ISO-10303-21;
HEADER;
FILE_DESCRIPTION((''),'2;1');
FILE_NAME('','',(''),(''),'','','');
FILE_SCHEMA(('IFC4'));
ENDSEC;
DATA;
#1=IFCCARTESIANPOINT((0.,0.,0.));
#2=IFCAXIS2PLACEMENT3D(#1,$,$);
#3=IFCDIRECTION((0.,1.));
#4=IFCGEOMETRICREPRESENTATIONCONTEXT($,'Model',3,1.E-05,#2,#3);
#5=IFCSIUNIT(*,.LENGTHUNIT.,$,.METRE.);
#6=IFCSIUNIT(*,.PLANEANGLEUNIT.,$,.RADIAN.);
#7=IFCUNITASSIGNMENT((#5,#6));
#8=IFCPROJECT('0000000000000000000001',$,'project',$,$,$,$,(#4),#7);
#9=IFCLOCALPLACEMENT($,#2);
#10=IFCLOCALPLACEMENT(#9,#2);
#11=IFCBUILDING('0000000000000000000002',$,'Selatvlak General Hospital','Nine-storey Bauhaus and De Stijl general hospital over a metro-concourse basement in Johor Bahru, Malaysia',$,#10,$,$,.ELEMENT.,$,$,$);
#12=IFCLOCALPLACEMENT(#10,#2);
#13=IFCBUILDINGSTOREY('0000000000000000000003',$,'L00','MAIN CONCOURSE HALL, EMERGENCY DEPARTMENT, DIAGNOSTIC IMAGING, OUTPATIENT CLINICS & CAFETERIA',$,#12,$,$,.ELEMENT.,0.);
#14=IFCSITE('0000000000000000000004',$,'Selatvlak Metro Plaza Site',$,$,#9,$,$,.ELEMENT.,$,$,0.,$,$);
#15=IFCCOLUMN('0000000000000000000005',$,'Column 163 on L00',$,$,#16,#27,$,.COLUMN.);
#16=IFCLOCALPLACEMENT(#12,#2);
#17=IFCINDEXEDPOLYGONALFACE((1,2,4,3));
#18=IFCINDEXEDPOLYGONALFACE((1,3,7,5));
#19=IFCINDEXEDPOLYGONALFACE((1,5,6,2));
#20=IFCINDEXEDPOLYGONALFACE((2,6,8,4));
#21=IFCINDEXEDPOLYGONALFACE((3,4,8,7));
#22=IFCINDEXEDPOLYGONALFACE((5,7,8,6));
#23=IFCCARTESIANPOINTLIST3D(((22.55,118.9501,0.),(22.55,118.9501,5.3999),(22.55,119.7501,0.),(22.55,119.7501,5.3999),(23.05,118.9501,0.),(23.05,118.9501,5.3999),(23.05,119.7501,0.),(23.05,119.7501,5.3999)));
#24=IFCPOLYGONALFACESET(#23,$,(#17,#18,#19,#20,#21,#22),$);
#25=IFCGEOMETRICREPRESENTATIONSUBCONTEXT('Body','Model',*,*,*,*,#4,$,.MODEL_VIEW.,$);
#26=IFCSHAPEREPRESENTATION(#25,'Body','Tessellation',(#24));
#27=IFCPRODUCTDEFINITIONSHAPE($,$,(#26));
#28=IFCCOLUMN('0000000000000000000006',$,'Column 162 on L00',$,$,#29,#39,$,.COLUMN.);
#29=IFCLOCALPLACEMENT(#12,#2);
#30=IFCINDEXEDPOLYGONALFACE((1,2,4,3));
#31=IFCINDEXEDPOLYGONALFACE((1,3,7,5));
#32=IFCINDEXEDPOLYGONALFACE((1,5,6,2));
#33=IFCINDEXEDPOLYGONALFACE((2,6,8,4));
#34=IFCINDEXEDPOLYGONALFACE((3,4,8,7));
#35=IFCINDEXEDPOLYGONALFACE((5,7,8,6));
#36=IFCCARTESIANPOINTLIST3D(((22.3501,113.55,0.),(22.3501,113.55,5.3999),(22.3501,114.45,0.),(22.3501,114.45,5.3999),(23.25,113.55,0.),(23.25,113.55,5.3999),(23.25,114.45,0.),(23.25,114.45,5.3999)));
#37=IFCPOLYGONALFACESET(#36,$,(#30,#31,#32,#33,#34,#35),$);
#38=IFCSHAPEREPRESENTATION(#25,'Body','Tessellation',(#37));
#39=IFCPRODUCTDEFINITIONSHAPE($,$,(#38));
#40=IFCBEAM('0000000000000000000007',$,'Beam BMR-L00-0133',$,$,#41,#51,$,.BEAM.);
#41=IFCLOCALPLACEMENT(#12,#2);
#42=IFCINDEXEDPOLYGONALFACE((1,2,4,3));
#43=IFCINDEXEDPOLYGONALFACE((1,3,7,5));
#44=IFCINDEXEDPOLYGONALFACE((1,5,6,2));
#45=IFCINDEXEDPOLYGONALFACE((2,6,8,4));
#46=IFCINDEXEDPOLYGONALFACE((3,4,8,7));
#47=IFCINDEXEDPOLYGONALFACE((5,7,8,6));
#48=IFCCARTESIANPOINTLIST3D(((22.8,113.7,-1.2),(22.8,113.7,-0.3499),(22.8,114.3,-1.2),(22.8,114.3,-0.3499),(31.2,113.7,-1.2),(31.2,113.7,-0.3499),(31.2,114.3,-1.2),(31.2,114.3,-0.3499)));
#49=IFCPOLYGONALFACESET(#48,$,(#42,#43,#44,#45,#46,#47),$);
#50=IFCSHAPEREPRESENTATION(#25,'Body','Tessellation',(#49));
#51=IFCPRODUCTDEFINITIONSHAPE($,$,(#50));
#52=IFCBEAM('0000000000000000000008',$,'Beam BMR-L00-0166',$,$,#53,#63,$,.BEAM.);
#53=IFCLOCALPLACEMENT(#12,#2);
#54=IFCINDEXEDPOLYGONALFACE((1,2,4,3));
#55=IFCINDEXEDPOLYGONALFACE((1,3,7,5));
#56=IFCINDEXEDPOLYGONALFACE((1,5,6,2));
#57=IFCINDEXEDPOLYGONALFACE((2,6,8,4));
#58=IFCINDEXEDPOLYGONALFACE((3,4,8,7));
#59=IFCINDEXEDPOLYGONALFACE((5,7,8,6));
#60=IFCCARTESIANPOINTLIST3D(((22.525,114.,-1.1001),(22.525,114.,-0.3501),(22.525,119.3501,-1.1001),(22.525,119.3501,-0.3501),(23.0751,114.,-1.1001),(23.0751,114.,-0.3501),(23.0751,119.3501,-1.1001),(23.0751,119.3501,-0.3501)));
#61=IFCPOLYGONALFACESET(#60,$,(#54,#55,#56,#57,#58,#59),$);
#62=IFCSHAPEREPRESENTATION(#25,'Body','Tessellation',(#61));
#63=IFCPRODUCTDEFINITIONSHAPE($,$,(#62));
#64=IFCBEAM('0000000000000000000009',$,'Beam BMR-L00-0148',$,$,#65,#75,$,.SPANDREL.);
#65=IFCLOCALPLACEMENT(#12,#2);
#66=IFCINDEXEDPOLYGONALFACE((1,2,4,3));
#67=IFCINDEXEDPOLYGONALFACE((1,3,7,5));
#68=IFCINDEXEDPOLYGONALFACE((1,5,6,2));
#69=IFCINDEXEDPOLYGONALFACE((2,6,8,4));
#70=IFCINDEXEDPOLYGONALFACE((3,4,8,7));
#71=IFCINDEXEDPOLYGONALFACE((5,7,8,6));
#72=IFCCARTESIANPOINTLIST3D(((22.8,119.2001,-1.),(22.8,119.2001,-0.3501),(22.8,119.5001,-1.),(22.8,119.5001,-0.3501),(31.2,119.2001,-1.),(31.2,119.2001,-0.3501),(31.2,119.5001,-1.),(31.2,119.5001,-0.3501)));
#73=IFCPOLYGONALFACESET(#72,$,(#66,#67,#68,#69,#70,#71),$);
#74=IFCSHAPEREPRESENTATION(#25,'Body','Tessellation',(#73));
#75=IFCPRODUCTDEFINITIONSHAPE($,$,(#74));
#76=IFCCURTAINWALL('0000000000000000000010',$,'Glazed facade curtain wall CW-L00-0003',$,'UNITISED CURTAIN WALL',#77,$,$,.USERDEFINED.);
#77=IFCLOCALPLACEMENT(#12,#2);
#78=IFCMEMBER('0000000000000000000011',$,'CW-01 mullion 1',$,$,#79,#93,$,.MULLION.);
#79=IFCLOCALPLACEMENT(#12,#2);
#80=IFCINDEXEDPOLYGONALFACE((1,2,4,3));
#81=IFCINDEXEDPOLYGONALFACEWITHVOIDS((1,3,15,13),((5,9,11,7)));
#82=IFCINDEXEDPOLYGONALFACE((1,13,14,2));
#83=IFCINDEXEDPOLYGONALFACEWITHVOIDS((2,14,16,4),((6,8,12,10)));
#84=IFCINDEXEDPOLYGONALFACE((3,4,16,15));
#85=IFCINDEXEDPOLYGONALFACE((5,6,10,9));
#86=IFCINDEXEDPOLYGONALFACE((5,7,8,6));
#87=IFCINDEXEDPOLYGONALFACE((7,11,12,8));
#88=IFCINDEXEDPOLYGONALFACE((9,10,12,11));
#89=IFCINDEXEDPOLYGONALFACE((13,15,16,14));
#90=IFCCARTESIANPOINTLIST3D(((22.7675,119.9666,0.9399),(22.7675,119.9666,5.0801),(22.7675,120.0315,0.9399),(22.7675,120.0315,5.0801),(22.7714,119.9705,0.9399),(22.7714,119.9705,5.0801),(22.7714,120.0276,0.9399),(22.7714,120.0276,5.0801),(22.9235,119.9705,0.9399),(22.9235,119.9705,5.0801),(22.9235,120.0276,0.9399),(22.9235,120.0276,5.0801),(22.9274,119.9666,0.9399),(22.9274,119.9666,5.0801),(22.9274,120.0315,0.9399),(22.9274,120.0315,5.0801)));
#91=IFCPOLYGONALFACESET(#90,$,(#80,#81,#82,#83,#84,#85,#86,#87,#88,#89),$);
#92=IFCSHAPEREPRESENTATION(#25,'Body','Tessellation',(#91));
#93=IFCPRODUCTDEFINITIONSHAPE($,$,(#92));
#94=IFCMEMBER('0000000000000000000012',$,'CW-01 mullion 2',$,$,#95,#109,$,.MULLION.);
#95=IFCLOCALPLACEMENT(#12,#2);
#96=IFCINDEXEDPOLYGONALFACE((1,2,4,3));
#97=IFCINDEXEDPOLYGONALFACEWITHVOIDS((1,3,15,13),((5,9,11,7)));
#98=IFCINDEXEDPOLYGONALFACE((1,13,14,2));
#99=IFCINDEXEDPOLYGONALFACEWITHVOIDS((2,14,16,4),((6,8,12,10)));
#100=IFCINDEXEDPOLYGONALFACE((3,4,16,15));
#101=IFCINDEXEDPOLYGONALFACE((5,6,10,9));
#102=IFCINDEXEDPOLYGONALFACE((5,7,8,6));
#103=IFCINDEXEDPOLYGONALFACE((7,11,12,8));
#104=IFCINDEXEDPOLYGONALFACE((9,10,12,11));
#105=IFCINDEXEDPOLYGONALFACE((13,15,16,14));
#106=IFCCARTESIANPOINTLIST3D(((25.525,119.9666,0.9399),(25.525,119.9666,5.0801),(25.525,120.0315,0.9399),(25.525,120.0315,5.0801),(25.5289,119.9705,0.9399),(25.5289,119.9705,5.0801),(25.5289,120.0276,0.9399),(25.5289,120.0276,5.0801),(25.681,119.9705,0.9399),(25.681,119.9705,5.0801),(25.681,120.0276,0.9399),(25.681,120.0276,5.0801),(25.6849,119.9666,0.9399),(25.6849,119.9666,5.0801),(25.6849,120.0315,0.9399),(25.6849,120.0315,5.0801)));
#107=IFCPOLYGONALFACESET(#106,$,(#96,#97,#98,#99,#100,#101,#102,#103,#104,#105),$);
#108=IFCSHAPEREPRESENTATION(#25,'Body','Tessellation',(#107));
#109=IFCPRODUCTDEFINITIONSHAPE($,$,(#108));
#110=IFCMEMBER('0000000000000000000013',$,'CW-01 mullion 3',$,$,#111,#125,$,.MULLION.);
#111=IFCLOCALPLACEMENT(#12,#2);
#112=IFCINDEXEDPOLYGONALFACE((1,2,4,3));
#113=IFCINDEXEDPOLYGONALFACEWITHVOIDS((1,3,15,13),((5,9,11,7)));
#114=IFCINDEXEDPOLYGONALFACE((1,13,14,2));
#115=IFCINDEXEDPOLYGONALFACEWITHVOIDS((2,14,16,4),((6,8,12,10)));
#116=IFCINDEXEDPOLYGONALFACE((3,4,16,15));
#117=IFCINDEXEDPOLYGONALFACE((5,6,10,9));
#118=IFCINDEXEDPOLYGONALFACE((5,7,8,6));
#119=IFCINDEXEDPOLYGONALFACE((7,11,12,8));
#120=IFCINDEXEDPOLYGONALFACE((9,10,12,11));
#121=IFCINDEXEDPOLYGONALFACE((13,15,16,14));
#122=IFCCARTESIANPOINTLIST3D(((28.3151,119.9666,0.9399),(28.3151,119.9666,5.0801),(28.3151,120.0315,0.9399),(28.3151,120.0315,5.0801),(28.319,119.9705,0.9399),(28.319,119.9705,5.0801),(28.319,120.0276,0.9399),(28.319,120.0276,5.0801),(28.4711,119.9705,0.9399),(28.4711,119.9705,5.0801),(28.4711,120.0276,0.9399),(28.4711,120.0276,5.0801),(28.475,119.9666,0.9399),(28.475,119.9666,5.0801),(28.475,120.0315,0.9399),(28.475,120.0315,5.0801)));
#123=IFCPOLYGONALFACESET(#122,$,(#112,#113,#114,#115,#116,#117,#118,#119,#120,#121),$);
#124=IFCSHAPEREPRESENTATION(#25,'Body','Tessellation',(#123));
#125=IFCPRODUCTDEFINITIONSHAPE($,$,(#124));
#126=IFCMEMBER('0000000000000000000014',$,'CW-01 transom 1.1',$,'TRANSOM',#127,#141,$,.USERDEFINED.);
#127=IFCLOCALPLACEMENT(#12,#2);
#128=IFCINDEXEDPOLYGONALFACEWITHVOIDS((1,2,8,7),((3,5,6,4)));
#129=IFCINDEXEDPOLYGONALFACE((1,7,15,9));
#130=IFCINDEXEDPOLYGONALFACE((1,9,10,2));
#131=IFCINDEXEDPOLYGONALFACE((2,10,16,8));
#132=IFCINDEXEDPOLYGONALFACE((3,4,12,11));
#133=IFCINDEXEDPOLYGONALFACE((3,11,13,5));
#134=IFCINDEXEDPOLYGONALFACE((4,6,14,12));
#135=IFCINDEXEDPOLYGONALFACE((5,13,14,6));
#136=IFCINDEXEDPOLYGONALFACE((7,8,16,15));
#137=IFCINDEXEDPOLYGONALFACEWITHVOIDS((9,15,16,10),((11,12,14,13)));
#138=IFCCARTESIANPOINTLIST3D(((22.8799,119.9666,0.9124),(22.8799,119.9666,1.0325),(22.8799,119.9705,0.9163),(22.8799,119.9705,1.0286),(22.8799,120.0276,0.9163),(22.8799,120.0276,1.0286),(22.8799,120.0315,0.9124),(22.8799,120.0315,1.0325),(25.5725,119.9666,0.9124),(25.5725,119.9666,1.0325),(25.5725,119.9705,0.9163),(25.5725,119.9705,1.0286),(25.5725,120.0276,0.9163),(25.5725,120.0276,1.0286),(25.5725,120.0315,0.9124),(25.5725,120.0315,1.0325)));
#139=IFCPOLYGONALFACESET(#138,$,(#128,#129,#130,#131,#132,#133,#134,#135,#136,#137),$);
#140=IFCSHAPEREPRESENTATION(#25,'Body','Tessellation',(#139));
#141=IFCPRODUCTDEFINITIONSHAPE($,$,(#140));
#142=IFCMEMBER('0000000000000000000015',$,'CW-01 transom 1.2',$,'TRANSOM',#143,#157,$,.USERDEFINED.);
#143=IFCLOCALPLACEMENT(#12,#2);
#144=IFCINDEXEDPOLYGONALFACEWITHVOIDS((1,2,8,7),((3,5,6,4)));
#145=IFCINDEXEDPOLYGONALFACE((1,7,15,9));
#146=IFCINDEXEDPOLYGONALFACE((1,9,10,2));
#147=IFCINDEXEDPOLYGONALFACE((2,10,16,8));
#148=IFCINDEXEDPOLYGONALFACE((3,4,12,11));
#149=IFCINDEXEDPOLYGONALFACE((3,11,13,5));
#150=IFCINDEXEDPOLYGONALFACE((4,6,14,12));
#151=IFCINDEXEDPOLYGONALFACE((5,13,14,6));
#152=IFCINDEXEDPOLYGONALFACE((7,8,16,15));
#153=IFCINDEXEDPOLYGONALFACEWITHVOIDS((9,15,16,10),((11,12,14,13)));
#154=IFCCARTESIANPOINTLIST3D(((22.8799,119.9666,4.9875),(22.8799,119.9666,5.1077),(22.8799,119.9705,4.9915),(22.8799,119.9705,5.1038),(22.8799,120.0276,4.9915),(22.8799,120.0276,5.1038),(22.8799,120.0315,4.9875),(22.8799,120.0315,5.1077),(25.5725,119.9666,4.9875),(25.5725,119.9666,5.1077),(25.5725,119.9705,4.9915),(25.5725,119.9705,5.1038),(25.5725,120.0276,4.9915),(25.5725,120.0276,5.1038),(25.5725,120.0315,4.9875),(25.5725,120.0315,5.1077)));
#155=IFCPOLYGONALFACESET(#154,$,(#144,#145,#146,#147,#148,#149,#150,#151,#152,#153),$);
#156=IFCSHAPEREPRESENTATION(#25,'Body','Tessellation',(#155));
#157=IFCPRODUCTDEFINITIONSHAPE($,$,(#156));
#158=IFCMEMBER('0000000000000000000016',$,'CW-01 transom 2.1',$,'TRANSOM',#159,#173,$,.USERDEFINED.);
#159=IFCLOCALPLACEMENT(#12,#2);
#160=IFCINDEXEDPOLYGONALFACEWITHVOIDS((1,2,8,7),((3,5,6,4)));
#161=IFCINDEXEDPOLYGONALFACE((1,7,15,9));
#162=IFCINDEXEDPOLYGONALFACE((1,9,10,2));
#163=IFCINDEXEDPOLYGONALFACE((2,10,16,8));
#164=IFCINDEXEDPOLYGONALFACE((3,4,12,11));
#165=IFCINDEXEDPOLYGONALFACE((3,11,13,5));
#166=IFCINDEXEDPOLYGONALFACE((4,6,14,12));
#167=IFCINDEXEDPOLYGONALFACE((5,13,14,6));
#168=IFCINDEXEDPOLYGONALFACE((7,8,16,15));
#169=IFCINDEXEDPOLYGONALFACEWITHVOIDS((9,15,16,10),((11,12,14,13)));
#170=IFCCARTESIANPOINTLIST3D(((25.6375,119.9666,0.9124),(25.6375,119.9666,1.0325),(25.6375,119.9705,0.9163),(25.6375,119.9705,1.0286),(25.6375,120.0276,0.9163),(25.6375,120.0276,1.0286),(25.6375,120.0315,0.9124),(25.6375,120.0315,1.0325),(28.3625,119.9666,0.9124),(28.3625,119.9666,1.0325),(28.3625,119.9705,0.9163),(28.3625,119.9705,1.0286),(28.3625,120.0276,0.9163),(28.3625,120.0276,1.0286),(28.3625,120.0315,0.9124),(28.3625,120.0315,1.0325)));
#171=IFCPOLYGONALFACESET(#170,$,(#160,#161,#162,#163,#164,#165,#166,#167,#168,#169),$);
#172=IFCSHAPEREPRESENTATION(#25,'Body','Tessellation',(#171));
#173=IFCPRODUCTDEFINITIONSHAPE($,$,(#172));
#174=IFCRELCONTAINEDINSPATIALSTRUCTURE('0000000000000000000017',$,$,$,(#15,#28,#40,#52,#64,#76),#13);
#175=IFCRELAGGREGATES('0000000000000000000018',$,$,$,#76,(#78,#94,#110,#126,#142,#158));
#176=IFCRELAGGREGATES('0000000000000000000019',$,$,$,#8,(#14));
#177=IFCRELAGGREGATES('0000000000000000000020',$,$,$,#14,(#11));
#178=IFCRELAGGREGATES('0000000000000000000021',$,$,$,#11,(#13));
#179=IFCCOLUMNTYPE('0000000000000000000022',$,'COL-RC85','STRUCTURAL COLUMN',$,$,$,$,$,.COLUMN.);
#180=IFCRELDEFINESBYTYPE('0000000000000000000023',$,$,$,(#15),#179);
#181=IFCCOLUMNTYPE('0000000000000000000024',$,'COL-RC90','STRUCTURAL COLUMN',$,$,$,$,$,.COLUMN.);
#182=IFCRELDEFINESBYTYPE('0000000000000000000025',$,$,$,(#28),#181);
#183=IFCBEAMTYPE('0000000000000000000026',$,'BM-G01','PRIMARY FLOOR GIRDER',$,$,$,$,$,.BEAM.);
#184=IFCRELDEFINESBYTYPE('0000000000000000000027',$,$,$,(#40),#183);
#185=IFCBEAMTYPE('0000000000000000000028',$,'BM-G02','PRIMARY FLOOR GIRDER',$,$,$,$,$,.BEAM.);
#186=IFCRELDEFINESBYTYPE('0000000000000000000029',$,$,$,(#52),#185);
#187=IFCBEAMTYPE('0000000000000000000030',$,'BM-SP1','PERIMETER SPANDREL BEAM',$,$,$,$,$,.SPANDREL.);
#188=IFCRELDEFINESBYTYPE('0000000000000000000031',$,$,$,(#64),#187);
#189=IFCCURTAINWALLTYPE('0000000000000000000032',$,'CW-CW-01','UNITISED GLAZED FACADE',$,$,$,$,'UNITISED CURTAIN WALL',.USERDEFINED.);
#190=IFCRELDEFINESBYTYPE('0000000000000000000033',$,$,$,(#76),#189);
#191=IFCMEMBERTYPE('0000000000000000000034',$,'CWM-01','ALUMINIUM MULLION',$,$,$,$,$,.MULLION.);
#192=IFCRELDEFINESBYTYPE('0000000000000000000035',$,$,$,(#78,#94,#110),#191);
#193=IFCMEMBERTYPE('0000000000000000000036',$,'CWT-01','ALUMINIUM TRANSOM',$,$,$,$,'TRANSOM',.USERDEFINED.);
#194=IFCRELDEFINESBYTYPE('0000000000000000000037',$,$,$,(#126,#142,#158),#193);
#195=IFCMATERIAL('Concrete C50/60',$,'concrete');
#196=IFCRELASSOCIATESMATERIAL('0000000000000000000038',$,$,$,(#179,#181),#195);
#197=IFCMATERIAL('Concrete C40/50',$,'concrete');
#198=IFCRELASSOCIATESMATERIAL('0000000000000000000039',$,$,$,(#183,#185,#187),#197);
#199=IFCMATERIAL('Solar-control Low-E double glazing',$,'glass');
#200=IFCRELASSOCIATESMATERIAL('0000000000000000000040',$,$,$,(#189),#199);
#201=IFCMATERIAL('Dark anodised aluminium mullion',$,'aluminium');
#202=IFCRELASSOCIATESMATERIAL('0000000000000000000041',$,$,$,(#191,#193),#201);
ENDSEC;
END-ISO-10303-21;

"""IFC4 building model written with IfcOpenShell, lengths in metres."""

from ifc_helpers import new_model, si_unit, direction, frame, origin, origin_2d, place, context, subcontext, project, spatial, rectangle, hollow_rectangle, extrude, material, material_profile, profile_set, type_object, element, aggregate, save


model = new_model("IFC4")

# Units and contexts
model_context = context("Model", 3, precision=1e-05, world=origin(), true_north=direction((0.0, 1.0)))
body_context = subcontext(model_context, "Body", "Model", "MODEL_VIEW")
ifc_project = project(units=[si_unit("LENGTHUNIT", "METRE"), si_unit("PLANEANGLEUNIT", "RADIAN")], contexts=[model_context])

# Site, building, storey
site_placement = place(None, origin())
site = spatial("IfcSite", under=ifc_project, at=site_placement, Name="Selatvlak Metro Plaza Site", CompositionType="ELEMENT", RefElevation=0.0)
building_placement = place(site_placement, origin())
building = spatial("IfcBuilding", under=site, at=building_placement, Name="Selatvlak General Hospital", Description="Nine-storey Bauhaus and De Stijl general hospital over a metro-concourse basement in Johor Bahru, Malaysia", CompositionType="ELEMENT")
storey_placement = place(building_placement, origin())
storey = spatial("IfcBuildingStorey", under=building, at=storey_placement, Name="L00", Description="MAIN CONCOURSE HALL, EMERGENCY DEPARTMENT, DIAGNOSTIC IMAGING, OUTPATIENT CLINICS & CAFETERIA", CompositionType="ELEMENT", Elevation=0.0)

# Columns
ifc_material_1 = material(Name="Concrete C50/60", Category="concrete")
ifc_material_profile_1 = material_profile(ifc_material_1, rectangle(XDim=0.5, YDim=0.8, at=origin_2d()), Name="RC-COL 800x500")
ifc_profile_set_1 = profile_set([ifc_material_profile_1], Name="Concrete C50/60")
column_type_1 = type_object("IfcColumnType", Name="COL-RC85", Description="STRUCTURAL COLUMN", PredefinedType="COLUMN", material=ifc_profile_set_1)
column_1_placement = place(storey_placement, frame((22.8, 119.3501, 0.0), z_axis=(0.0, 0.0, 1.0), x_axis=(1.0, 0.0, 0.0)))
element("IfcColumn", 1, at=column_1_placement, inside=storey, type_object=column_type_1, Name="Column 163 on L00", PredefinedType="COLUMN", context=body_context, shape_type="SweptSolid", body=[
    extrude(rectangle(XDim=0.5, YDim=0.8, at=origin_2d()), origin(), (0.0, 0.0, 1.0), 5.3999),
])
ifc_material_profile_2 = material_profile(ifc_material_1, rectangle(XDim=0.8999, YDim=0.8999, at=origin_2d()), Name="RC-COL 900x900")
ifc_profile_set_2 = profile_set([ifc_material_profile_2], Name="Concrete C50/60")
column_type_2 = type_object("IfcColumnType", Name="COL-RC90", Description="STRUCTURAL COLUMN", PredefinedType="COLUMN", material=ifc_profile_set_2)
column_2_placement = place(storey_placement, frame((22.8, 114.0, 0.0), z_axis=(0.0, 0.0, 1.0), x_axis=(1.0, 0.0, 0.0)))
element("IfcColumn", 2, at=column_2_placement, inside=storey, type_object=column_type_2, Name="Column 162 on L00", PredefinedType="COLUMN", context=body_context, shape_type="SweptSolid", body=[
    extrude(rectangle(XDim=0.8999, YDim=0.8999, at=origin_2d()), origin(), (0.0, 0.0, 1.0), 5.3999),
])

# Beams
ifc_material_2 = material(Name="Concrete C40/50", Category="concrete")
ifc_material_profile_3 = material_profile(ifc_material_2, rectangle(XDim=0.6001, YDim=0.8501, at=origin_2d()), Name="RC-BM 600x850")
ifc_profile_set_3 = profile_set([ifc_material_profile_3], Name="Concrete C40/50")
beam_type_1 = type_object("IfcBeamType", Name="BM-G01", Description="PRIMARY FLOOR GIRDER", PredefinedType="BEAM", material=ifc_profile_set_3)
beam_1_placement = place(storey_placement, frame((22.8, 114.0, -0.7749), z_axis=(1.0, 0.0, 0.0), x_axis=(0.0, 1.0, 0.0)))
element("IfcBeam", 3, at=beam_1_placement, inside=storey, type_object=beam_type_1, Name="Beam BMR-L00-0133", PredefinedType="BEAM", context=body_context, shape_type="SweptSolid", body=[
    extrude(rectangle(XDim=0.6001, YDim=0.8501, at=origin_2d()), origin(), (0.0, 0.0, 1.0), 8.3999),
])
ifc_material_profile_4 = material_profile(ifc_material_2, rectangle(XDim=0.55, YDim=0.75, at=origin_2d()), Name="RC-BM 550x750")
ifc_profile_set_4 = profile_set([ifc_material_profile_4], Name="Concrete C40/50")
beam_type_2 = type_object("IfcBeamType", Name="BM-G02", Description="PRIMARY FLOOR GIRDER", PredefinedType="BEAM", material=ifc_profile_set_4)
beam_2_placement = place(storey_placement, frame((22.8, 114.0, -0.7251), z_axis=(0.0, 1.0, 0.0), x_axis=(-1.0, 0.0, 0.0)))
element("IfcBeam", 4, at=beam_2_placement, inside=storey, type_object=beam_type_2, Name="Beam BMR-L00-0166", PredefinedType="BEAM", context=body_context, shape_type="SweptSolid", body=[
    extrude(rectangle(XDim=0.55, YDim=0.75, at=origin_2d()), origin(), (0.0, 0.0, 1.0), 5.3501),
])
ifc_material_profile_5 = material_profile(ifc_material_2, rectangle(XDim=0.3, YDim=0.6499, at=origin_2d()), Name="RC-SP 300x650")
ifc_profile_set_5 = profile_set([ifc_material_profile_5], Name="Concrete C40/50")
beam_type_3 = type_object("IfcBeamType", Name="BM-SP1", Description="PERIMETER SPANDREL BEAM", PredefinedType="SPANDREL", material=ifc_profile_set_5)
beam_3_placement = place(storey_placement, frame((22.8, 119.3501, -0.675), z_axis=(1.0, 0.0, 0.0), x_axis=(0.0, 1.0, 0.0)))
element("IfcBeam", 5, at=beam_3_placement, inside=storey, type_object=beam_type_3, Name="Beam BMR-L00-0148", PredefinedType="SPANDREL", context=body_context, shape_type="SweptSolid", body=[
    extrude(rectangle(XDim=0.3, YDim=0.6499, at=origin_2d()), origin(), (0.0, 0.0, 1.0), 8.3999),
])

# Curtain wall, members
ifc_material_3 = material(Name="Solar-control Low-E double glazing", Category="glass")
curtain_wall_type = type_object("IfcCurtainWallType", Name="CW-CW-01", Description="UNITISED GLAZED FACADE", ElementType="UNITISED CURTAIN WALL", PredefinedType="USERDEFINED", material=ifc_material_3)
curtain_wall_placement = place(storey_placement, origin())
curtain_wall = element("IfcCurtainWall", 6, at=curtain_wall_placement, inside=storey, type_object=curtain_wall_type, Name="Glazed facade curtain wall CW-L00-0003", ObjectType="UNITISED CURTAIN WALL", PredefinedType="USERDEFINED")
ifc_material_4 = material(Name="Dark anodised aluminium mullion", Category="aluminium")
ifc_material_profile_6 = material_profile(ifc_material_4, hollow_rectangle(XDim=0.0649, YDim=0.1599, WallThickness=0.0039, at=origin_2d()), Name="AL-MUL 65x160x4")
ifc_profile_set_6 = profile_set([ifc_material_profile_6], Name="Dark anodised aluminium mullion")
member_type_1 = type_object("IfcMemberType", Name="CWM-01", Description="ALUMINIUM MULLION", PredefinedType="MULLION", material=ifc_profile_set_6)
member_1_placement = place(storey_placement, frame((22.8474, 119.999, 0.9399), z_axis=(0.0, 0.0, 1.0), x_axis=(0.0, 1.0, 0.0)))
member_1 = element("IfcMember", 7, at=member_1_placement, type_object=member_type_1, Name="CW-01 mullion 1", PredefinedType="MULLION", context=body_context, shape_type="SweptSolid", body=[
    extrude(hollow_rectangle(XDim=0.0649, YDim=0.1599, WallThickness=0.0039, at=origin_2d()), origin(), (0.0, 0.0, 1.0), 4.1401),
])
member_2_placement = place(storey_placement, frame((25.605, 119.999, 0.9399), z_axis=(0.0, 0.0, 1.0), x_axis=(0.0, 1.0, 0.0)))
member_2 = element("IfcMember", 8, at=member_2_placement, type_object=member_type_1, Name="CW-01 mullion 2", PredefinedType="MULLION", context=body_context, shape_type="SweptSolid", body=[
    extrude(hollow_rectangle(XDim=0.0649, YDim=0.1599, WallThickness=0.0039, at=origin_2d()), origin(), (0.0, 0.0, 1.0), 4.1401),
])
member_3_placement = place(storey_placement, frame((28.395, 119.999, 0.9399), z_axis=(0.0, 0.0, 1.0), x_axis=(0.0, 1.0, 0.0)))
member_3 = element("IfcMember", 9, at=member_3_placement, type_object=member_type_1, Name="CW-01 mullion 3", PredefinedType="MULLION", context=body_context, shape_type="SweptSolid", body=[
    extrude(hollow_rectangle(XDim=0.0649, YDim=0.1599, WallThickness=0.0039, at=origin_2d()), origin(), (0.0, 0.0, 1.0), 4.1401),
])
ifc_material_profile_7 = material_profile(ifc_material_4, hollow_rectangle(XDim=0.0649, YDim=0.1201, WallThickness=0.0039, at=origin_2d()), Name="AL-TRN 65x120x4")
ifc_profile_set_7 = profile_set([ifc_material_profile_7], Name="Dark anodised aluminium mullion")
member_type_2 = type_object("IfcMemberType", Name="CWT-01", Description="ALUMINIUM TRANSOM", ElementType="TRANSOM", PredefinedType="USERDEFINED", material=ifc_profile_set_7)
member_4_placement = place(storey_placement, frame((22.8799, 119.999, 0.9724), z_axis=(1.0, 0.0, 0.0), x_axis=(0.0, 1.0, 0.0)))
member_4 = element("IfcMember", 10, at=member_4_placement, type_object=member_type_2, Name="CW-01 transom 1.1", ObjectType="TRANSOM", PredefinedType="USERDEFINED", context=body_context, shape_type="SweptSolid", body=[
    extrude(hollow_rectangle(XDim=0.0649, YDim=0.1201, WallThickness=0.0039, at=origin_2d()), origin(), (0.0, 0.0, 1.0), 2.6926),
])
member_5_placement = place(storey_placement, frame((22.8799, 119.999, 5.0476), z_axis=(1.0, 0.0, 0.0), x_axis=(0.0, 1.0, 0.0)))
member_5 = element("IfcMember", 11, at=member_5_placement, type_object=member_type_2, Name="CW-01 transom 1.2", ObjectType="TRANSOM", PredefinedType="USERDEFINED", context=body_context, shape_type="SweptSolid", body=[
    extrude(hollow_rectangle(XDim=0.0649, YDim=0.1201, WallThickness=0.0039, at=origin_2d()), origin(), (0.0, 0.0, 1.0), 2.6926),
])
member_6_placement = place(storey_placement, frame((25.6375, 119.999, 0.9724), z_axis=(1.0, 0.0, 0.0), x_axis=(0.0, 1.0, 0.0)))
member_6 = element("IfcMember", 12, at=member_6_placement, type_object=member_type_2, Name="CW-01 transom 2.1", ObjectType="TRANSOM", PredefinedType="USERDEFINED", context=body_context, shape_type="SweptSolid", body=[
    extrude(hollow_rectangle(XDim=0.0649, YDim=0.1201, WallThickness=0.0039, at=origin_2d()), origin(), (0.0, 0.0, 1.0), 2.7251),
])
aggregate(curtain_wall, [member_1, member_2, member_3, member_4, member_5, member_6])

save(model, "model.ifc")
